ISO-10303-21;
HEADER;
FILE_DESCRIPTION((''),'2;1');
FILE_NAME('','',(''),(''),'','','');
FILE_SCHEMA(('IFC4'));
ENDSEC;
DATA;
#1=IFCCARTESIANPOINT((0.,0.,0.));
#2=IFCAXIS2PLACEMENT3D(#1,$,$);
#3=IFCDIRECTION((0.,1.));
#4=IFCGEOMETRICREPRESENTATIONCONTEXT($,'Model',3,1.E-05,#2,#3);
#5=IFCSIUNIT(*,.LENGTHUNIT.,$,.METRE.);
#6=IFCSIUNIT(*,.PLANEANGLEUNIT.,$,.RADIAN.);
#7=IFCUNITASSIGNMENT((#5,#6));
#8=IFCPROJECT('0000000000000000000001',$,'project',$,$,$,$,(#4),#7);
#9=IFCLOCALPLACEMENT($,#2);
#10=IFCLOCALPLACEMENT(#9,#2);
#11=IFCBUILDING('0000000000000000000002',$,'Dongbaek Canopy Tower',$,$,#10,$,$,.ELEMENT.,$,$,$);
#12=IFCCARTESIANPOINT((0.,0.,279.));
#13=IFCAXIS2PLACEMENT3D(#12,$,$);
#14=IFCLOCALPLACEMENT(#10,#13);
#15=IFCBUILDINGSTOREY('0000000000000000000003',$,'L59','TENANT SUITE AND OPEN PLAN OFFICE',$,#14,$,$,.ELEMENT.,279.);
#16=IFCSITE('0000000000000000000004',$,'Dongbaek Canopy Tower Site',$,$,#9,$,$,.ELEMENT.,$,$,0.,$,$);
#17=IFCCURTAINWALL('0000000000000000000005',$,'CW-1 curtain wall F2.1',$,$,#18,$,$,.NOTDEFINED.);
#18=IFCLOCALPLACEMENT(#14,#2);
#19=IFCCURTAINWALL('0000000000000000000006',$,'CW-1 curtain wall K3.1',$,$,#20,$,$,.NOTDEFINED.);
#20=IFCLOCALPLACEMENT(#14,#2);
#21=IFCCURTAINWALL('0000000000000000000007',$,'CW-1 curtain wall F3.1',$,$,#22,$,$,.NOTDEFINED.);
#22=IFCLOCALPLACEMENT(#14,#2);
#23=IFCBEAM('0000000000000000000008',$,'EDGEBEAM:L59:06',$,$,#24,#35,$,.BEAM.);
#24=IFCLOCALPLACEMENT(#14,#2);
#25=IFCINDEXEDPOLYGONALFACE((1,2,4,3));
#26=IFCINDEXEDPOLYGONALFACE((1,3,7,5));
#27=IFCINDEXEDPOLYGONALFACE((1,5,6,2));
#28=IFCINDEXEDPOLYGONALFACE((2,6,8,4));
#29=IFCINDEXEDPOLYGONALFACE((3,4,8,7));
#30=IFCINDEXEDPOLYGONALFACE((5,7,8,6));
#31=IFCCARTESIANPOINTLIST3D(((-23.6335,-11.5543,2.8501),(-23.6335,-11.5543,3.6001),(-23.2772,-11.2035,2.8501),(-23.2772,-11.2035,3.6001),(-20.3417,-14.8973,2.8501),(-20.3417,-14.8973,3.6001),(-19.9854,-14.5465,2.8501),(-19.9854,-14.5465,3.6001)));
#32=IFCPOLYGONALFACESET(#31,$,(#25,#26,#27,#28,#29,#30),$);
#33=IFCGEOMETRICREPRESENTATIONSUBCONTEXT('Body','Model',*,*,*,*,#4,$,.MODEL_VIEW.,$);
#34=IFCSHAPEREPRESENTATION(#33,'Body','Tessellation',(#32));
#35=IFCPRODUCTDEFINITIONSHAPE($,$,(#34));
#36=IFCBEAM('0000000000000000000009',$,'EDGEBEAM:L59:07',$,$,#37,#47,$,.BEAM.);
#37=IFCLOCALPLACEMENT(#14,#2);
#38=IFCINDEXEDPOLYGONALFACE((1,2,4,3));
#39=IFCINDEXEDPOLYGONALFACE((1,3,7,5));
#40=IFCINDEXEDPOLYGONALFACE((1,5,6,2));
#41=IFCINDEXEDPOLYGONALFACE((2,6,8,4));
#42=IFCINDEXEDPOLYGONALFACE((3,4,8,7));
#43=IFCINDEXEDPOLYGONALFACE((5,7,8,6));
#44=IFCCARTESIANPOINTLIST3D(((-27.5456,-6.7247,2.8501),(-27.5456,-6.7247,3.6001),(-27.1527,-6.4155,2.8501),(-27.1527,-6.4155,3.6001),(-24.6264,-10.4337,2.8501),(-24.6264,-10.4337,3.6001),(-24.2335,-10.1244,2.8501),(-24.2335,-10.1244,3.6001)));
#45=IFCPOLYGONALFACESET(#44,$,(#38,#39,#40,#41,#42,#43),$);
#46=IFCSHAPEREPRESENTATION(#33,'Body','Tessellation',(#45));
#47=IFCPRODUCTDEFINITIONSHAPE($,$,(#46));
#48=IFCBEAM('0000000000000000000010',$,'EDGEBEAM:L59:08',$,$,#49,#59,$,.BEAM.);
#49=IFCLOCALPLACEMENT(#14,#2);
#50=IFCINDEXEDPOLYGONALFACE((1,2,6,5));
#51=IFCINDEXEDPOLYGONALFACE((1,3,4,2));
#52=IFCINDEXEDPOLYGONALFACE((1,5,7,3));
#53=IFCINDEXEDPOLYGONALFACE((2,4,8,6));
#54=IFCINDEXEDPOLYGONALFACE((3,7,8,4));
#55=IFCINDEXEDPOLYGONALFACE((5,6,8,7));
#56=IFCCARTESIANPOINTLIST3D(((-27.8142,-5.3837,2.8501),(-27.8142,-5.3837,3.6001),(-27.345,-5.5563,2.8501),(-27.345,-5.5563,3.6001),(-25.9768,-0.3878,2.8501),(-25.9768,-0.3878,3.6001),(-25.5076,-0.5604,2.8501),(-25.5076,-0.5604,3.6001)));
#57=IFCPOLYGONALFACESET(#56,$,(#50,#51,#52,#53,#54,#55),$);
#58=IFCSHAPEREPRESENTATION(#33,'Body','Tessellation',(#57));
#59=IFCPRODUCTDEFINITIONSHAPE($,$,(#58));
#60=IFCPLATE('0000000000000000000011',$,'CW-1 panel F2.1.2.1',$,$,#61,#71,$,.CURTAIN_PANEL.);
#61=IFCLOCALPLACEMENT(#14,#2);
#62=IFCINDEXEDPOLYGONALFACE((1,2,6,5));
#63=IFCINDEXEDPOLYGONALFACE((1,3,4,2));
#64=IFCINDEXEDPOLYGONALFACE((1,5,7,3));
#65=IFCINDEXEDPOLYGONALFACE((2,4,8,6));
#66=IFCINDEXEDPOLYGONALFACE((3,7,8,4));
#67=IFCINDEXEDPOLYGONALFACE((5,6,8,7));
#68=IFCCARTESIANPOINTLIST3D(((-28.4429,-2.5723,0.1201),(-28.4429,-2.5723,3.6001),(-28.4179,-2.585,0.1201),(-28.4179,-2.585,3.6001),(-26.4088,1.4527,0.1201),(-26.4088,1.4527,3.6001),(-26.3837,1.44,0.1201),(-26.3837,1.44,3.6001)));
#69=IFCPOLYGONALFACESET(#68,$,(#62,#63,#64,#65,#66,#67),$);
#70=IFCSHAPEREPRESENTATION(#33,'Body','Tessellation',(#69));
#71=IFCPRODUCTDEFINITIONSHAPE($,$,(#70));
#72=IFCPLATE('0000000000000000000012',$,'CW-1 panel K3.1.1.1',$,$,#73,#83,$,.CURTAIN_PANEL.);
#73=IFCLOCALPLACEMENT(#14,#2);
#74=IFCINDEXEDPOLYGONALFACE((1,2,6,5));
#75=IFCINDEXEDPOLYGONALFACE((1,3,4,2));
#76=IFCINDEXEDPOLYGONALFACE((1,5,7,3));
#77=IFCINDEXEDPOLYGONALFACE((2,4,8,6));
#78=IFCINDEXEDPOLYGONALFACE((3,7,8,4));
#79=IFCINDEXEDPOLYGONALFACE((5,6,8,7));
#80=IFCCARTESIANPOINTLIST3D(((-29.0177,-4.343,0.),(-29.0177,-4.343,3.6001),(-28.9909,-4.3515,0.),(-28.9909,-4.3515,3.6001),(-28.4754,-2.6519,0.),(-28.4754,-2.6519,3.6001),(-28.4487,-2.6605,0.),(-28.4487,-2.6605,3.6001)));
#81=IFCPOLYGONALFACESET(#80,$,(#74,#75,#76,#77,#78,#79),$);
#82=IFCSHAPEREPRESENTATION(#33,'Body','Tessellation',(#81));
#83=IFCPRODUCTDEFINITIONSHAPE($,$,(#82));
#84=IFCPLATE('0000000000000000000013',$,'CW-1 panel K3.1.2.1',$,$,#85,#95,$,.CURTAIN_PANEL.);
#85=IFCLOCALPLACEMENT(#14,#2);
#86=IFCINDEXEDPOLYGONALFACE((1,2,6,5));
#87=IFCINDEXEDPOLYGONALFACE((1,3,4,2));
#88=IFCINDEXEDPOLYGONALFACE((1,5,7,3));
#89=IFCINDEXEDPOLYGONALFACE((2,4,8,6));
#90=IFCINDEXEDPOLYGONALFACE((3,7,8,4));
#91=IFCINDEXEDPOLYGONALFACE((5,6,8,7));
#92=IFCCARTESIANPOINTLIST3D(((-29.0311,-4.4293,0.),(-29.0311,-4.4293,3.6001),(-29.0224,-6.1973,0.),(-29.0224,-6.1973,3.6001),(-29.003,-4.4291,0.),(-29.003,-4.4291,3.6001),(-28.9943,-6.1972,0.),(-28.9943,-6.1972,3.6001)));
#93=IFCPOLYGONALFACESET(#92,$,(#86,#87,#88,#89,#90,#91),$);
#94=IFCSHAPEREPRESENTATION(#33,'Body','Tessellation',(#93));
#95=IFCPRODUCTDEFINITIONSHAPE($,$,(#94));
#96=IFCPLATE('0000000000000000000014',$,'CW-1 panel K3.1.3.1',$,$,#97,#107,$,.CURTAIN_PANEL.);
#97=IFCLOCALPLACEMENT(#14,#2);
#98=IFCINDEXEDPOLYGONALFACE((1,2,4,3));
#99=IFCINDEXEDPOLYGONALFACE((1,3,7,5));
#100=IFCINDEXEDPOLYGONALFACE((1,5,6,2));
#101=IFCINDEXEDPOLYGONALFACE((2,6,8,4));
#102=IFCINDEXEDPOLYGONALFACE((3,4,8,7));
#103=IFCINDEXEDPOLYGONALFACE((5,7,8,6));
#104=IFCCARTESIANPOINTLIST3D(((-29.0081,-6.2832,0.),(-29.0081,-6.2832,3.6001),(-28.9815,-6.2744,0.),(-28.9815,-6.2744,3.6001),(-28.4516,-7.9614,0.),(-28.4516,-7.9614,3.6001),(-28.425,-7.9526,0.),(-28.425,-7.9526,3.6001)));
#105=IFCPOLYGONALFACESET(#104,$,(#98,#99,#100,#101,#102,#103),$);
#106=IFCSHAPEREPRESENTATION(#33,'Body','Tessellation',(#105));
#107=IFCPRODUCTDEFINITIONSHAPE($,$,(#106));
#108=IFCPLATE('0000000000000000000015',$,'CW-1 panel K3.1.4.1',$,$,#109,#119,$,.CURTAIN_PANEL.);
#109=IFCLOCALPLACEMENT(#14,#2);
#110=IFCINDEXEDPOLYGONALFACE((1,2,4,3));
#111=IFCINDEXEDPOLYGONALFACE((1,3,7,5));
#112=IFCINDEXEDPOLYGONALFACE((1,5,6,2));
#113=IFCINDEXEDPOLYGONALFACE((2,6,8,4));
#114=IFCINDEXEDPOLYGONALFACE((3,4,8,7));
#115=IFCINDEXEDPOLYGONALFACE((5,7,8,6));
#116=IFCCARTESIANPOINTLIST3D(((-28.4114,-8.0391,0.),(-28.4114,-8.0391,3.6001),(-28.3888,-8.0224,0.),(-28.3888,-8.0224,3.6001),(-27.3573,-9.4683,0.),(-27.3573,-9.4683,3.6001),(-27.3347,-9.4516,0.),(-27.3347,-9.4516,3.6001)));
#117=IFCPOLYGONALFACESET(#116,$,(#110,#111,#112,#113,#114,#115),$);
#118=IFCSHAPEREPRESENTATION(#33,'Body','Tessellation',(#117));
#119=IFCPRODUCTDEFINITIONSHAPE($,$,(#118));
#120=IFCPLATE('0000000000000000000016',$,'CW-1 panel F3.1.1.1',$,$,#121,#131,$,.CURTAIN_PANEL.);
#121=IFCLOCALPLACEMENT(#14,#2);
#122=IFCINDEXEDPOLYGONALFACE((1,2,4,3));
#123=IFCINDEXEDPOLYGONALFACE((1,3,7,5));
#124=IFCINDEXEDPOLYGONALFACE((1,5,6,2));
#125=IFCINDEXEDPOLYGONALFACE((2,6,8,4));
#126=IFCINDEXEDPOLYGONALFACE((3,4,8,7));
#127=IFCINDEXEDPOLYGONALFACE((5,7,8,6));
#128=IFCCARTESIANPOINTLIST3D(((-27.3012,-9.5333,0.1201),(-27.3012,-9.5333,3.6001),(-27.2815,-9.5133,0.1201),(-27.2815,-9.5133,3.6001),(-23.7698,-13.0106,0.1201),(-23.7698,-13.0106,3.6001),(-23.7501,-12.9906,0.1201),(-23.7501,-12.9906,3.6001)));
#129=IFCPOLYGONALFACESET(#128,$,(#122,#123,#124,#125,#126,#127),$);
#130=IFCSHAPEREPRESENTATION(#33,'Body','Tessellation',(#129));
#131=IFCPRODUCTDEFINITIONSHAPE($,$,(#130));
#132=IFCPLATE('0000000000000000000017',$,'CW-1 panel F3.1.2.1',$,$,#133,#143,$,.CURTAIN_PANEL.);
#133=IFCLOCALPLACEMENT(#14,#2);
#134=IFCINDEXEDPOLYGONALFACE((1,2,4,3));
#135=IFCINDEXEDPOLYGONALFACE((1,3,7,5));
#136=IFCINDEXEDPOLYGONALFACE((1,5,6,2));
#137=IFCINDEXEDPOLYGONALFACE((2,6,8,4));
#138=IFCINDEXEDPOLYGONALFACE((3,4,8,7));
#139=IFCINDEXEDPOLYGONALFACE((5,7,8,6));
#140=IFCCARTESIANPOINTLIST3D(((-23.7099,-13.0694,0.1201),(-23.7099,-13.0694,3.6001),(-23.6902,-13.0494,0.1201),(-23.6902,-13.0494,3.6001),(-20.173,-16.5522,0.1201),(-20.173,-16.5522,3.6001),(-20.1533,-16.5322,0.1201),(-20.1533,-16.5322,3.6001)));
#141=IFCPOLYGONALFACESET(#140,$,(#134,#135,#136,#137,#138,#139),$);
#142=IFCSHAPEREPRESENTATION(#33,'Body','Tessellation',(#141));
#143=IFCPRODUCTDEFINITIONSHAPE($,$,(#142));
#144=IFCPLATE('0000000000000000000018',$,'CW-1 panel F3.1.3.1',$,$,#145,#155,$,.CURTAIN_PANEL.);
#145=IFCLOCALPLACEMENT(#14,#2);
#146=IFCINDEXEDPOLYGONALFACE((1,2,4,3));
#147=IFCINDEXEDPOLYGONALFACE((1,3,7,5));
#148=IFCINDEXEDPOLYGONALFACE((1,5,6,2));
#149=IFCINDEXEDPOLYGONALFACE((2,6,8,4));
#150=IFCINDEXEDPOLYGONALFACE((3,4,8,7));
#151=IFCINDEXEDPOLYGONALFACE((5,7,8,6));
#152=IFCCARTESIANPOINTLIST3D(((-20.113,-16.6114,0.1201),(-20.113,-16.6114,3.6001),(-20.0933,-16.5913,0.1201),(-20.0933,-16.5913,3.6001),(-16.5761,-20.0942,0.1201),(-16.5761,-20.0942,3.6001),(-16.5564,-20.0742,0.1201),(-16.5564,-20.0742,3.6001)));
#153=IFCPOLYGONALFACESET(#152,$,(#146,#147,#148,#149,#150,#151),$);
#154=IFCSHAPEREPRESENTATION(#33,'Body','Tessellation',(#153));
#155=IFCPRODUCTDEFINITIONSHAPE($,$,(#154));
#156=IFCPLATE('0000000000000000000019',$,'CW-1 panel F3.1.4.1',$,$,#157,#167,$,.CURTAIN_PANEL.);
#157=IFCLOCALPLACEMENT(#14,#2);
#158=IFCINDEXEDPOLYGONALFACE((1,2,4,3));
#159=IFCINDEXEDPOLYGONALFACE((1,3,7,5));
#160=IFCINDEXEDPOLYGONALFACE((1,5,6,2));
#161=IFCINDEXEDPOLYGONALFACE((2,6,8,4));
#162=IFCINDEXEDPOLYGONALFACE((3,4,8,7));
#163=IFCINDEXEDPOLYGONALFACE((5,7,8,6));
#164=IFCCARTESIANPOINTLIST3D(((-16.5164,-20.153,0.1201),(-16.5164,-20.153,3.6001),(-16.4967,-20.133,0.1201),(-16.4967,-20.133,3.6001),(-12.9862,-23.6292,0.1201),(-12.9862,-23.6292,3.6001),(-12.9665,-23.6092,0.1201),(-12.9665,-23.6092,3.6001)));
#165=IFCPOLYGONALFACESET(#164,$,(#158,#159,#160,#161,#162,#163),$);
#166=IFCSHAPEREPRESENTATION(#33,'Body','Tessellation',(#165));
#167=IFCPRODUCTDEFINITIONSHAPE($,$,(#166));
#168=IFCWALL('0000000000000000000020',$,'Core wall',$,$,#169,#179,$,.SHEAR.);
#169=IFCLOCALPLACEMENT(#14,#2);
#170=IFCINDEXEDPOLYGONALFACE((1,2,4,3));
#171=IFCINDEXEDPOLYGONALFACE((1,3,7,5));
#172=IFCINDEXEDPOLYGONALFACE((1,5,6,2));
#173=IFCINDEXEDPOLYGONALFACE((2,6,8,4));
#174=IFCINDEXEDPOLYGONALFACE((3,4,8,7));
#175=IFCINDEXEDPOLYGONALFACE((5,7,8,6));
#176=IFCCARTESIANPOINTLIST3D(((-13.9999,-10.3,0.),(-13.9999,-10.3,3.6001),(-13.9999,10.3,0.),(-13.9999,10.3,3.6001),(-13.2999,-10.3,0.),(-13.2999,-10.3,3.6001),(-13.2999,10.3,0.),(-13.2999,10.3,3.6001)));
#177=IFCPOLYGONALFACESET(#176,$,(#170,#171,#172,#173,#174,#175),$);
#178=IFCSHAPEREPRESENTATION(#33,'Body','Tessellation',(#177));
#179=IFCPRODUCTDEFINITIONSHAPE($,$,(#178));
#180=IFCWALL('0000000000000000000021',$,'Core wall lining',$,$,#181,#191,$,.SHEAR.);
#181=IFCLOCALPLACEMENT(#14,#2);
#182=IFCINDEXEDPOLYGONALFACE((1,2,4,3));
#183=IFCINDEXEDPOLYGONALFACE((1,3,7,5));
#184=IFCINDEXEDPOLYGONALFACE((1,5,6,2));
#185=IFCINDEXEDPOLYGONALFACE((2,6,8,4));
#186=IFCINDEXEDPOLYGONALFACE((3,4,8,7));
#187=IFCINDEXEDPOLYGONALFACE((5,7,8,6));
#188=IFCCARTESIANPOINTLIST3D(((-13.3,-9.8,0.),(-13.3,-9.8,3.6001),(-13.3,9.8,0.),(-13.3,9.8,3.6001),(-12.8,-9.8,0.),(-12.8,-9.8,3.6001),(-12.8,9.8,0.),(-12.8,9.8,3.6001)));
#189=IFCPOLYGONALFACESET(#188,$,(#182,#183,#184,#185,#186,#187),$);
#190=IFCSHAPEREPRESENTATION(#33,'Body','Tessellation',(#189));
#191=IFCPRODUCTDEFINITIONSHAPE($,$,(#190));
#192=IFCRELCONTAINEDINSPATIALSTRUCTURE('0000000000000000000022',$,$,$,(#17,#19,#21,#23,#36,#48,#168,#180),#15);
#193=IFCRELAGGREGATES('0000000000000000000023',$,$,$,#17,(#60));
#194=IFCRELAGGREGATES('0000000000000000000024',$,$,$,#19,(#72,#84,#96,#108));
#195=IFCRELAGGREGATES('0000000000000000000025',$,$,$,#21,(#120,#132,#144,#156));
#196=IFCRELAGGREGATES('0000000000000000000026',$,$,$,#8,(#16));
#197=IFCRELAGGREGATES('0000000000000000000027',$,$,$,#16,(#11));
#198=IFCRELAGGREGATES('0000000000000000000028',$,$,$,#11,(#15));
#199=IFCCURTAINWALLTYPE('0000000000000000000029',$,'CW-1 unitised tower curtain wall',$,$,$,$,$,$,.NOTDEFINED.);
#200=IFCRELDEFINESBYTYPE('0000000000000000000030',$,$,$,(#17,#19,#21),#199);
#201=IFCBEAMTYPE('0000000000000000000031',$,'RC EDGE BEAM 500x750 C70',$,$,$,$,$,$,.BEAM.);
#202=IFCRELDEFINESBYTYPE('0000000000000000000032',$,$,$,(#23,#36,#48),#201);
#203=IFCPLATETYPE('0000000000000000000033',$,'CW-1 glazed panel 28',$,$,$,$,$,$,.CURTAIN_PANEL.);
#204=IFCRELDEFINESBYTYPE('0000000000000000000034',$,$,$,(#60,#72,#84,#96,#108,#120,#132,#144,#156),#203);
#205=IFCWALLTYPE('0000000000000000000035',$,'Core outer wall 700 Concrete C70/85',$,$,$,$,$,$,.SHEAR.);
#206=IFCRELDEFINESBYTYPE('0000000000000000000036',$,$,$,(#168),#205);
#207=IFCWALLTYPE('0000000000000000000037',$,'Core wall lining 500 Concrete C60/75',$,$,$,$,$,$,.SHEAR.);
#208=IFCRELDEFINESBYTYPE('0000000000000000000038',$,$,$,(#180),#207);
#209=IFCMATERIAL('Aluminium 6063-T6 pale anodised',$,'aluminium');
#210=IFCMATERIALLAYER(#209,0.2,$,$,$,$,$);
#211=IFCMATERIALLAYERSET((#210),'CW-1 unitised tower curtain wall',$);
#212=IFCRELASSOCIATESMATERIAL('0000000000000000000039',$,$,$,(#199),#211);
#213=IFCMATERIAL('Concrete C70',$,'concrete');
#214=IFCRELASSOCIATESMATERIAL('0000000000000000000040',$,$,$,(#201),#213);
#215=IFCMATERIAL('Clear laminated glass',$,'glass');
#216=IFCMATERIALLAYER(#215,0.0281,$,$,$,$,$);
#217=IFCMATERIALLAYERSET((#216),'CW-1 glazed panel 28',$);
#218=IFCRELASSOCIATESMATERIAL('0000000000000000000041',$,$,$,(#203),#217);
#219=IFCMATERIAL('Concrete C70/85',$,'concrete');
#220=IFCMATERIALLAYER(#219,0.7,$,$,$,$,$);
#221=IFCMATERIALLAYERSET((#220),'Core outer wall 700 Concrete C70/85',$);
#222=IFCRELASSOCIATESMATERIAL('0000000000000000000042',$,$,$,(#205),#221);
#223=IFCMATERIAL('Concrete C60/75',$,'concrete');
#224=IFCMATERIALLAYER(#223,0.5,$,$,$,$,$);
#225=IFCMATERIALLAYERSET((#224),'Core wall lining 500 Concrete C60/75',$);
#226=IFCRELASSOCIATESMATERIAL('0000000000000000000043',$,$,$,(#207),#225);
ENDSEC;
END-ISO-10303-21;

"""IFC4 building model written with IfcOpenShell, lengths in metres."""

from ifc_helpers import new_model, si_unit, direction, frame, frame_2d, origin, origin_2d, place, context, subcontext, project, spatial, rectangle, extrude, material, layer, layer_set, material_profile, profile_set, type_object, element, aggregate, save


model = new_model("IFC4")

# Units and contexts
model_context = context("Model", 3, precision=1e-05, world=origin(), true_north=direction((0.0, 1.0)))
body_context = subcontext(model_context, "Body", "Model", "MODEL_VIEW")
ifc_project = project(units=[si_unit("LENGTHUNIT", "METRE"), si_unit("PLANEANGLEUNIT", "RADIAN")], contexts=[model_context])

# Site, building, storey
site_placement = place(None, origin())
site = spatial("IfcSite", under=ifc_project, at=site_placement, Name="Dongbaek Canopy Tower Site", CompositionType="ELEMENT", RefElevation=0.0)
building_placement = place(site_placement, origin())
building = spatial("IfcBuilding", under=site, at=building_placement, Name="Dongbaek Canopy Tower", CompositionType="ELEMENT")
storey_placement = place(building_placement, frame((0.0, 0.0, 279.0)))
storey = spatial("IfcBuildingStorey", under=building, at=storey_placement, Name="L59", Description="TENANT SUITE AND OPEN PLAN OFFICE", CompositionType="ELEMENT", Elevation=279.0)

# Curtain wall
ifc_material_1 = material(Name="Aluminium 6063-T6 pale anodised", Category="aluminium")
ifc_layer_1 = layer(ifc_material_1, 0.2)
ifc_layer_set_1 = layer_set([ifc_layer_1], Name="CW-1 unitised tower curtain wall")
curtain_wall_type = type_object("IfcCurtainWallType", Name="CW-1 unitised tower curtain wall", PredefinedType="NOTDEFINED", material=ifc_layer_set_1)
curtain_wall_1_placement = place(storey_placement, origin())
curtain_wall_1 = element("IfcCurtainWall", 1, at=curtain_wall_1_placement, inside=storey, type_object=curtain_wall_type, Name="CW-1 curtain wall F2.1", PredefinedType="NOTDEFINED")

# Curtain walls
curtain_wall_2_placement = place(storey_placement, origin())
curtain_wall_2 = element("IfcCurtainWall", 2, at=curtain_wall_2_placement, inside=storey, type_object=curtain_wall_type, Name="CW-1 curtain wall K3.1", PredefinedType="NOTDEFINED")
curtain_wall_3_placement = place(storey_placement, origin())
curtain_wall_3 = element("IfcCurtainWall", 3, at=curtain_wall_3_placement, inside=storey, type_object=curtain_wall_type, Name="CW-1 curtain wall F3.1", PredefinedType="NOTDEFINED")

# Beams
ifc_material_2 = material(Name="Concrete C70", Category="concrete")
ifc_material_profile_1 = material_profile(ifc_material_2, rectangle(XDim=0.5, YDim=0.75, at=origin_2d()), Name="RC EDGE BEAM 500x750 C70")
ifc_profile_set_1 = profile_set([ifc_material_profile_1], Name="Concrete C70")
beam_type = type_object("IfcBeamType", Name="RC EDGE BEAM 500x750 C70", PredefinedType="BEAM", material=ifc_profile_set_1)
beam_1_placement = place(storey_placement, frame((-20.1636, -14.7219, 3.2251), z_axis=(-0.701622, 0.71255, 0.0), x_axis=(-0.71255, -0.701622, 0.0)))
element("IfcBeam", 4, at=beam_1_placement, inside=storey, type_object=beam_type, Name="EDGEBEAM:L59:06", PredefinedType="BEAM", context=body_context, shape_type="SweptSolid", body=[
    extrude(rectangle(XDim=0.5, YDim=0.75, at=origin_2d()), origin(), (0.0, 0.0, 1.0), 4.6917),
])
beam_2_placement = place(storey_placement, frame((-24.4299, -10.2791, 3.2251), z_axis=(-0.618475, 0.785805, 0.0), x_axis=(-0.785805, -0.618475, 0.0)))
element("IfcBeam", 5, at=beam_2_placement, inside=storey, type_object=beam_type, Name="EDGEBEAM:L59:07", PredefinedType="BEAM", context=body_context, shape_type="SweptSolid", body=[
    extrude(rectangle(XDim=0.5, YDim=0.75, at=origin_2d()), origin(), (0.0, 0.0, 1.0), 4.72),
])
beam_3_placement = place(storey_placement, frame((-27.5796, -5.47, 3.2251), z_axis=(0.34518, 0.938536, 0.0), x_axis=(-0.938536, 0.34518, 0.0)))
element("IfcBeam", 6, at=beam_3_placement, inside=storey, type_object=beam_type, Name="EDGEBEAM:L59:08", PredefinedType="BEAM", context=body_context, shape_type="SweptSolid", body=[
    extrude(rectangle(XDim=0.5, YDim=0.75, at=origin_2d()), origin(), (0.0, 0.0, 1.0), 5.323),
])

# Plates
ifc_material_3 = material(Name="Clear laminated glass", Category="glass")
ifc_layer_2 = layer(ifc_material_3, 0.0281)
ifc_layer_set_2 = layer_set([ifc_layer_2], Name="CW-1 glazed panel 28")
plate_type = type_object("IfcPlateType", Name="CW-1 glazed panel 28", PredefinedType="CURTAIN_PANEL", material=ifc_layer_set_2)
plate_1_placement = place(storey_placement, frame((-27.4133, -0.5662, 0.1201), z_axis=(0.0, 0.0, 1.0), x_axis=(-0.451047, -0.8925, 0.0)))
plate_1 = element("IfcPlate", 7, at=plate_1_placement, type_object=plate_type, Name="CW-1 panel F2.1.2.1", PredefinedType="CURTAIN_PANEL", context=body_context, shape_type="SweptSolid", body=[
    extrude(rectangle(XDim=4.5098, YDim=0.0281, at=origin_2d()), origin(), (0.0, 0.0, 1.0), 3.48),
])
plate_2_placement = place(storey_placement, frame((-28.7332, -3.5017, 0.0), z_axis=(0.0, 0.0, 1.0), x_axis=(-0.305352, -0.95224, 0.0)))
plate_2 = element("IfcPlate", 8, at=plate_2_placement, type_object=plate_type, Name="CW-1 panel K3.1.1.1", PredefinedType="CURTAIN_PANEL", context=body_context, shape_type="SweptSolid", body=[
    extrude(rectangle(XDim=1.7759, YDim=0.0281, at=origin_2d()), origin(), (0.0, 0.0, 1.0), 3.6001),
])
plate_3_placement = place(storey_placement, frame((-29.0127, -5.3132, 0.0), z_axis=(0.0, 0.0, 1.0), x_axis=(0.004952, -0.999988, 0.0)))
plate_3 = element("IfcPlate", 9, at=plate_3_placement, type_object=plate_type, Name="CW-1 panel K3.1.2.1", PredefinedType="CURTAIN_PANEL", context=body_context, shape_type="SweptSolid", body=[
    extrude(rectangle(XDim=1.7681, YDim=0.0281, at=origin_2d()), origin(), (0.0, 0.0, 1.0), 3.6001),
])
plate_4_placement = place(storey_placement, frame((-28.7166, -7.1179, 0.0), z_axis=(0.0, 0.0, 1.0), x_axis=(0.314767, -0.949169, 0.0)))
plate_4 = element("IfcPlate", 10, at=plate_4_placement, type_object=plate_type, Name="CW-1 panel K3.1.3.1", PredefinedType="CURTAIN_PANEL", context=body_context, shape_type="SweptSolid", body=[
    extrude(rectangle(XDim=1.7681, YDim=0.0281, at=origin_2d()), origin(), (0.0, 0.0, 1.0), 3.6001),
])
plate_5_placement = place(storey_placement, frame((-27.873, -8.7454, 0.0), z_axis=(0.0, 0.0, 1.0), x_axis=(0.593557, -0.804792, 0.0)))
plate_5 = element("IfcPlate", 11, at=plate_5_placement, type_object=plate_type, Name="CW-1 panel K3.1.4.1", PredefinedType="CURTAIN_PANEL", context=body_context, shape_type="SweptSolid", body=[
    extrude(rectangle(XDim=1.7759, YDim=0.0281, at=origin_2d()), origin(), (0.0, 0.0, 1.0), 3.6001),
])
plate_6_placement = place(storey_placement, frame((-25.5256, -11.262, 0.1201), z_axis=(0.0, 0.0, 1.0), x_axis=(0.712532, -0.701639, 0.0)))
plate_6 = element("IfcPlate", 12, at=plate_6_placement, type_object=plate_type, Name="CW-1 panel F3.1.1.1", PredefinedType="CURTAIN_PANEL", context=body_context, shape_type="SweptSolid", body=[
    extrude(rectangle(XDim=4.9561, YDim=0.0281, at=origin_2d()), origin(), (0.0, 0.0, 1.0), 3.48),
])
plate_7_placement = place(storey_placement, frame((-21.9316, -14.8008, 0.1201), z_axis=(0.0, 0.0, 1.0), x_axis=(0.712532, -0.701639, 0.0)))
plate_7 = element("IfcPlate", 13, at=plate_7_placement, type_object=plate_type, Name="CW-1 panel F3.1.2.1", PredefinedType="CURTAIN_PANEL", context=body_context, shape_type="SweptSolid", body=[
    extrude(rectangle(XDim=4.9639, YDim=0.0281, at=origin_2d()), origin(), (0.0, 0.0, 1.0), 3.48),
])
plate_8_placement = place(storey_placement, frame((-18.3347, -18.3428, 0.1201), z_axis=(0.0, 0.0, 1.0), x_axis=(0.712532, -0.701639, 0.0)))
plate_8 = element("IfcPlate", 14, at=plate_8_placement, type_object=plate_type, Name="CW-1 panel F3.1.3.1", PredefinedType="CURTAIN_PANEL", context=body_context, shape_type="SweptSolid", body=[
    extrude(rectangle(XDim=4.9639, YDim=0.0281, at=origin_2d()), origin(), (0.0, 0.0, 1.0), 3.48),
])
plate_9_placement = place(storey_placement, frame((-14.7415, -21.8811, 0.1201), z_axis=(0.0, 0.0, 1.0), x_axis=(0.712532, -0.701639, 0.0)))
plate_9 = element("IfcPlate", 15, at=plate_9_placement, type_object=plate_type, Name="CW-1 panel F3.1.4.1", PredefinedType="CURTAIN_PANEL", context=body_context, shape_type="SweptSolid", body=[
    extrude(rectangle(XDim=4.9543, YDim=0.0281, at=origin_2d()), origin(), (0.0, 0.0, 1.0), 3.48),
])

# Walls
ifc_material_4 = material(Name="Concrete C70/85", Category="concrete")
ifc_layer_3 = layer(ifc_material_4, 0.7)
ifc_layer_set_3 = layer_set([ifc_layer_3], Name="Core outer wall 700 Concrete C70/85")
wall_type_1 = type_object("IfcWallType", Name="Core outer wall 700 Concrete C70/85", PredefinedType="SHEAR", material=ifc_layer_set_3)
wall_1_placement = place(storey_placement, frame((-13.6499, -10.3, 0.0), z_axis=(0.0, 0.0, 1.0), x_axis=(0.0, 1.0, 0.0)))
element("IfcWall", 16, at=wall_1_placement, inside=storey, type_object=wall_type_1, Name="Core wall", PredefinedType="SHEAR", context=body_context, shape_type="SweptSolid", body=[
    extrude(rectangle(XDim=20.6001, YDim=0.7, at=frame_2d((10.3, 0.0))), origin(), (0.0, 0.0, 1.0), 3.6001),
])
ifc_material_5 = material(Name="Concrete C60/75", Category="concrete")
ifc_layer_4 = layer(ifc_material_5, 0.5)
ifc_layer_set_4 = layer_set([ifc_layer_4], Name="Core wall lining 500 Concrete C60/75")
wall_type_2 = type_object("IfcWallType", Name="Core wall lining 500 Concrete C60/75", PredefinedType="SHEAR", material=ifc_layer_set_4)
wall_2_placement = place(storey_placement, frame((-13.05, -9.8, 0.0), z_axis=(0.0, 0.0, 1.0), x_axis=(0.0, 1.0, 0.0)))
element("IfcWall", 17, at=wall_2_placement, inside=storey, type_object=wall_type_2, Name="Core wall lining", PredefinedType="SHEAR", context=body_context, shape_type="SweptSolid", body=[
    extrude(rectangle(XDim=19.6001, YDim=0.5, at=frame_2d((9.8, 0.0))), origin(), (0.0, 0.0, 1.0), 3.6001),
])

aggregate(curtain_wall_1, [plate_1])
aggregate(curtain_wall_2, [plate_2, plate_3, plate_4, plate_5])
aggregate(curtain_wall_3, [plate_6, plate_7, plate_8, plate_9])

save(model, "model.ifc")
